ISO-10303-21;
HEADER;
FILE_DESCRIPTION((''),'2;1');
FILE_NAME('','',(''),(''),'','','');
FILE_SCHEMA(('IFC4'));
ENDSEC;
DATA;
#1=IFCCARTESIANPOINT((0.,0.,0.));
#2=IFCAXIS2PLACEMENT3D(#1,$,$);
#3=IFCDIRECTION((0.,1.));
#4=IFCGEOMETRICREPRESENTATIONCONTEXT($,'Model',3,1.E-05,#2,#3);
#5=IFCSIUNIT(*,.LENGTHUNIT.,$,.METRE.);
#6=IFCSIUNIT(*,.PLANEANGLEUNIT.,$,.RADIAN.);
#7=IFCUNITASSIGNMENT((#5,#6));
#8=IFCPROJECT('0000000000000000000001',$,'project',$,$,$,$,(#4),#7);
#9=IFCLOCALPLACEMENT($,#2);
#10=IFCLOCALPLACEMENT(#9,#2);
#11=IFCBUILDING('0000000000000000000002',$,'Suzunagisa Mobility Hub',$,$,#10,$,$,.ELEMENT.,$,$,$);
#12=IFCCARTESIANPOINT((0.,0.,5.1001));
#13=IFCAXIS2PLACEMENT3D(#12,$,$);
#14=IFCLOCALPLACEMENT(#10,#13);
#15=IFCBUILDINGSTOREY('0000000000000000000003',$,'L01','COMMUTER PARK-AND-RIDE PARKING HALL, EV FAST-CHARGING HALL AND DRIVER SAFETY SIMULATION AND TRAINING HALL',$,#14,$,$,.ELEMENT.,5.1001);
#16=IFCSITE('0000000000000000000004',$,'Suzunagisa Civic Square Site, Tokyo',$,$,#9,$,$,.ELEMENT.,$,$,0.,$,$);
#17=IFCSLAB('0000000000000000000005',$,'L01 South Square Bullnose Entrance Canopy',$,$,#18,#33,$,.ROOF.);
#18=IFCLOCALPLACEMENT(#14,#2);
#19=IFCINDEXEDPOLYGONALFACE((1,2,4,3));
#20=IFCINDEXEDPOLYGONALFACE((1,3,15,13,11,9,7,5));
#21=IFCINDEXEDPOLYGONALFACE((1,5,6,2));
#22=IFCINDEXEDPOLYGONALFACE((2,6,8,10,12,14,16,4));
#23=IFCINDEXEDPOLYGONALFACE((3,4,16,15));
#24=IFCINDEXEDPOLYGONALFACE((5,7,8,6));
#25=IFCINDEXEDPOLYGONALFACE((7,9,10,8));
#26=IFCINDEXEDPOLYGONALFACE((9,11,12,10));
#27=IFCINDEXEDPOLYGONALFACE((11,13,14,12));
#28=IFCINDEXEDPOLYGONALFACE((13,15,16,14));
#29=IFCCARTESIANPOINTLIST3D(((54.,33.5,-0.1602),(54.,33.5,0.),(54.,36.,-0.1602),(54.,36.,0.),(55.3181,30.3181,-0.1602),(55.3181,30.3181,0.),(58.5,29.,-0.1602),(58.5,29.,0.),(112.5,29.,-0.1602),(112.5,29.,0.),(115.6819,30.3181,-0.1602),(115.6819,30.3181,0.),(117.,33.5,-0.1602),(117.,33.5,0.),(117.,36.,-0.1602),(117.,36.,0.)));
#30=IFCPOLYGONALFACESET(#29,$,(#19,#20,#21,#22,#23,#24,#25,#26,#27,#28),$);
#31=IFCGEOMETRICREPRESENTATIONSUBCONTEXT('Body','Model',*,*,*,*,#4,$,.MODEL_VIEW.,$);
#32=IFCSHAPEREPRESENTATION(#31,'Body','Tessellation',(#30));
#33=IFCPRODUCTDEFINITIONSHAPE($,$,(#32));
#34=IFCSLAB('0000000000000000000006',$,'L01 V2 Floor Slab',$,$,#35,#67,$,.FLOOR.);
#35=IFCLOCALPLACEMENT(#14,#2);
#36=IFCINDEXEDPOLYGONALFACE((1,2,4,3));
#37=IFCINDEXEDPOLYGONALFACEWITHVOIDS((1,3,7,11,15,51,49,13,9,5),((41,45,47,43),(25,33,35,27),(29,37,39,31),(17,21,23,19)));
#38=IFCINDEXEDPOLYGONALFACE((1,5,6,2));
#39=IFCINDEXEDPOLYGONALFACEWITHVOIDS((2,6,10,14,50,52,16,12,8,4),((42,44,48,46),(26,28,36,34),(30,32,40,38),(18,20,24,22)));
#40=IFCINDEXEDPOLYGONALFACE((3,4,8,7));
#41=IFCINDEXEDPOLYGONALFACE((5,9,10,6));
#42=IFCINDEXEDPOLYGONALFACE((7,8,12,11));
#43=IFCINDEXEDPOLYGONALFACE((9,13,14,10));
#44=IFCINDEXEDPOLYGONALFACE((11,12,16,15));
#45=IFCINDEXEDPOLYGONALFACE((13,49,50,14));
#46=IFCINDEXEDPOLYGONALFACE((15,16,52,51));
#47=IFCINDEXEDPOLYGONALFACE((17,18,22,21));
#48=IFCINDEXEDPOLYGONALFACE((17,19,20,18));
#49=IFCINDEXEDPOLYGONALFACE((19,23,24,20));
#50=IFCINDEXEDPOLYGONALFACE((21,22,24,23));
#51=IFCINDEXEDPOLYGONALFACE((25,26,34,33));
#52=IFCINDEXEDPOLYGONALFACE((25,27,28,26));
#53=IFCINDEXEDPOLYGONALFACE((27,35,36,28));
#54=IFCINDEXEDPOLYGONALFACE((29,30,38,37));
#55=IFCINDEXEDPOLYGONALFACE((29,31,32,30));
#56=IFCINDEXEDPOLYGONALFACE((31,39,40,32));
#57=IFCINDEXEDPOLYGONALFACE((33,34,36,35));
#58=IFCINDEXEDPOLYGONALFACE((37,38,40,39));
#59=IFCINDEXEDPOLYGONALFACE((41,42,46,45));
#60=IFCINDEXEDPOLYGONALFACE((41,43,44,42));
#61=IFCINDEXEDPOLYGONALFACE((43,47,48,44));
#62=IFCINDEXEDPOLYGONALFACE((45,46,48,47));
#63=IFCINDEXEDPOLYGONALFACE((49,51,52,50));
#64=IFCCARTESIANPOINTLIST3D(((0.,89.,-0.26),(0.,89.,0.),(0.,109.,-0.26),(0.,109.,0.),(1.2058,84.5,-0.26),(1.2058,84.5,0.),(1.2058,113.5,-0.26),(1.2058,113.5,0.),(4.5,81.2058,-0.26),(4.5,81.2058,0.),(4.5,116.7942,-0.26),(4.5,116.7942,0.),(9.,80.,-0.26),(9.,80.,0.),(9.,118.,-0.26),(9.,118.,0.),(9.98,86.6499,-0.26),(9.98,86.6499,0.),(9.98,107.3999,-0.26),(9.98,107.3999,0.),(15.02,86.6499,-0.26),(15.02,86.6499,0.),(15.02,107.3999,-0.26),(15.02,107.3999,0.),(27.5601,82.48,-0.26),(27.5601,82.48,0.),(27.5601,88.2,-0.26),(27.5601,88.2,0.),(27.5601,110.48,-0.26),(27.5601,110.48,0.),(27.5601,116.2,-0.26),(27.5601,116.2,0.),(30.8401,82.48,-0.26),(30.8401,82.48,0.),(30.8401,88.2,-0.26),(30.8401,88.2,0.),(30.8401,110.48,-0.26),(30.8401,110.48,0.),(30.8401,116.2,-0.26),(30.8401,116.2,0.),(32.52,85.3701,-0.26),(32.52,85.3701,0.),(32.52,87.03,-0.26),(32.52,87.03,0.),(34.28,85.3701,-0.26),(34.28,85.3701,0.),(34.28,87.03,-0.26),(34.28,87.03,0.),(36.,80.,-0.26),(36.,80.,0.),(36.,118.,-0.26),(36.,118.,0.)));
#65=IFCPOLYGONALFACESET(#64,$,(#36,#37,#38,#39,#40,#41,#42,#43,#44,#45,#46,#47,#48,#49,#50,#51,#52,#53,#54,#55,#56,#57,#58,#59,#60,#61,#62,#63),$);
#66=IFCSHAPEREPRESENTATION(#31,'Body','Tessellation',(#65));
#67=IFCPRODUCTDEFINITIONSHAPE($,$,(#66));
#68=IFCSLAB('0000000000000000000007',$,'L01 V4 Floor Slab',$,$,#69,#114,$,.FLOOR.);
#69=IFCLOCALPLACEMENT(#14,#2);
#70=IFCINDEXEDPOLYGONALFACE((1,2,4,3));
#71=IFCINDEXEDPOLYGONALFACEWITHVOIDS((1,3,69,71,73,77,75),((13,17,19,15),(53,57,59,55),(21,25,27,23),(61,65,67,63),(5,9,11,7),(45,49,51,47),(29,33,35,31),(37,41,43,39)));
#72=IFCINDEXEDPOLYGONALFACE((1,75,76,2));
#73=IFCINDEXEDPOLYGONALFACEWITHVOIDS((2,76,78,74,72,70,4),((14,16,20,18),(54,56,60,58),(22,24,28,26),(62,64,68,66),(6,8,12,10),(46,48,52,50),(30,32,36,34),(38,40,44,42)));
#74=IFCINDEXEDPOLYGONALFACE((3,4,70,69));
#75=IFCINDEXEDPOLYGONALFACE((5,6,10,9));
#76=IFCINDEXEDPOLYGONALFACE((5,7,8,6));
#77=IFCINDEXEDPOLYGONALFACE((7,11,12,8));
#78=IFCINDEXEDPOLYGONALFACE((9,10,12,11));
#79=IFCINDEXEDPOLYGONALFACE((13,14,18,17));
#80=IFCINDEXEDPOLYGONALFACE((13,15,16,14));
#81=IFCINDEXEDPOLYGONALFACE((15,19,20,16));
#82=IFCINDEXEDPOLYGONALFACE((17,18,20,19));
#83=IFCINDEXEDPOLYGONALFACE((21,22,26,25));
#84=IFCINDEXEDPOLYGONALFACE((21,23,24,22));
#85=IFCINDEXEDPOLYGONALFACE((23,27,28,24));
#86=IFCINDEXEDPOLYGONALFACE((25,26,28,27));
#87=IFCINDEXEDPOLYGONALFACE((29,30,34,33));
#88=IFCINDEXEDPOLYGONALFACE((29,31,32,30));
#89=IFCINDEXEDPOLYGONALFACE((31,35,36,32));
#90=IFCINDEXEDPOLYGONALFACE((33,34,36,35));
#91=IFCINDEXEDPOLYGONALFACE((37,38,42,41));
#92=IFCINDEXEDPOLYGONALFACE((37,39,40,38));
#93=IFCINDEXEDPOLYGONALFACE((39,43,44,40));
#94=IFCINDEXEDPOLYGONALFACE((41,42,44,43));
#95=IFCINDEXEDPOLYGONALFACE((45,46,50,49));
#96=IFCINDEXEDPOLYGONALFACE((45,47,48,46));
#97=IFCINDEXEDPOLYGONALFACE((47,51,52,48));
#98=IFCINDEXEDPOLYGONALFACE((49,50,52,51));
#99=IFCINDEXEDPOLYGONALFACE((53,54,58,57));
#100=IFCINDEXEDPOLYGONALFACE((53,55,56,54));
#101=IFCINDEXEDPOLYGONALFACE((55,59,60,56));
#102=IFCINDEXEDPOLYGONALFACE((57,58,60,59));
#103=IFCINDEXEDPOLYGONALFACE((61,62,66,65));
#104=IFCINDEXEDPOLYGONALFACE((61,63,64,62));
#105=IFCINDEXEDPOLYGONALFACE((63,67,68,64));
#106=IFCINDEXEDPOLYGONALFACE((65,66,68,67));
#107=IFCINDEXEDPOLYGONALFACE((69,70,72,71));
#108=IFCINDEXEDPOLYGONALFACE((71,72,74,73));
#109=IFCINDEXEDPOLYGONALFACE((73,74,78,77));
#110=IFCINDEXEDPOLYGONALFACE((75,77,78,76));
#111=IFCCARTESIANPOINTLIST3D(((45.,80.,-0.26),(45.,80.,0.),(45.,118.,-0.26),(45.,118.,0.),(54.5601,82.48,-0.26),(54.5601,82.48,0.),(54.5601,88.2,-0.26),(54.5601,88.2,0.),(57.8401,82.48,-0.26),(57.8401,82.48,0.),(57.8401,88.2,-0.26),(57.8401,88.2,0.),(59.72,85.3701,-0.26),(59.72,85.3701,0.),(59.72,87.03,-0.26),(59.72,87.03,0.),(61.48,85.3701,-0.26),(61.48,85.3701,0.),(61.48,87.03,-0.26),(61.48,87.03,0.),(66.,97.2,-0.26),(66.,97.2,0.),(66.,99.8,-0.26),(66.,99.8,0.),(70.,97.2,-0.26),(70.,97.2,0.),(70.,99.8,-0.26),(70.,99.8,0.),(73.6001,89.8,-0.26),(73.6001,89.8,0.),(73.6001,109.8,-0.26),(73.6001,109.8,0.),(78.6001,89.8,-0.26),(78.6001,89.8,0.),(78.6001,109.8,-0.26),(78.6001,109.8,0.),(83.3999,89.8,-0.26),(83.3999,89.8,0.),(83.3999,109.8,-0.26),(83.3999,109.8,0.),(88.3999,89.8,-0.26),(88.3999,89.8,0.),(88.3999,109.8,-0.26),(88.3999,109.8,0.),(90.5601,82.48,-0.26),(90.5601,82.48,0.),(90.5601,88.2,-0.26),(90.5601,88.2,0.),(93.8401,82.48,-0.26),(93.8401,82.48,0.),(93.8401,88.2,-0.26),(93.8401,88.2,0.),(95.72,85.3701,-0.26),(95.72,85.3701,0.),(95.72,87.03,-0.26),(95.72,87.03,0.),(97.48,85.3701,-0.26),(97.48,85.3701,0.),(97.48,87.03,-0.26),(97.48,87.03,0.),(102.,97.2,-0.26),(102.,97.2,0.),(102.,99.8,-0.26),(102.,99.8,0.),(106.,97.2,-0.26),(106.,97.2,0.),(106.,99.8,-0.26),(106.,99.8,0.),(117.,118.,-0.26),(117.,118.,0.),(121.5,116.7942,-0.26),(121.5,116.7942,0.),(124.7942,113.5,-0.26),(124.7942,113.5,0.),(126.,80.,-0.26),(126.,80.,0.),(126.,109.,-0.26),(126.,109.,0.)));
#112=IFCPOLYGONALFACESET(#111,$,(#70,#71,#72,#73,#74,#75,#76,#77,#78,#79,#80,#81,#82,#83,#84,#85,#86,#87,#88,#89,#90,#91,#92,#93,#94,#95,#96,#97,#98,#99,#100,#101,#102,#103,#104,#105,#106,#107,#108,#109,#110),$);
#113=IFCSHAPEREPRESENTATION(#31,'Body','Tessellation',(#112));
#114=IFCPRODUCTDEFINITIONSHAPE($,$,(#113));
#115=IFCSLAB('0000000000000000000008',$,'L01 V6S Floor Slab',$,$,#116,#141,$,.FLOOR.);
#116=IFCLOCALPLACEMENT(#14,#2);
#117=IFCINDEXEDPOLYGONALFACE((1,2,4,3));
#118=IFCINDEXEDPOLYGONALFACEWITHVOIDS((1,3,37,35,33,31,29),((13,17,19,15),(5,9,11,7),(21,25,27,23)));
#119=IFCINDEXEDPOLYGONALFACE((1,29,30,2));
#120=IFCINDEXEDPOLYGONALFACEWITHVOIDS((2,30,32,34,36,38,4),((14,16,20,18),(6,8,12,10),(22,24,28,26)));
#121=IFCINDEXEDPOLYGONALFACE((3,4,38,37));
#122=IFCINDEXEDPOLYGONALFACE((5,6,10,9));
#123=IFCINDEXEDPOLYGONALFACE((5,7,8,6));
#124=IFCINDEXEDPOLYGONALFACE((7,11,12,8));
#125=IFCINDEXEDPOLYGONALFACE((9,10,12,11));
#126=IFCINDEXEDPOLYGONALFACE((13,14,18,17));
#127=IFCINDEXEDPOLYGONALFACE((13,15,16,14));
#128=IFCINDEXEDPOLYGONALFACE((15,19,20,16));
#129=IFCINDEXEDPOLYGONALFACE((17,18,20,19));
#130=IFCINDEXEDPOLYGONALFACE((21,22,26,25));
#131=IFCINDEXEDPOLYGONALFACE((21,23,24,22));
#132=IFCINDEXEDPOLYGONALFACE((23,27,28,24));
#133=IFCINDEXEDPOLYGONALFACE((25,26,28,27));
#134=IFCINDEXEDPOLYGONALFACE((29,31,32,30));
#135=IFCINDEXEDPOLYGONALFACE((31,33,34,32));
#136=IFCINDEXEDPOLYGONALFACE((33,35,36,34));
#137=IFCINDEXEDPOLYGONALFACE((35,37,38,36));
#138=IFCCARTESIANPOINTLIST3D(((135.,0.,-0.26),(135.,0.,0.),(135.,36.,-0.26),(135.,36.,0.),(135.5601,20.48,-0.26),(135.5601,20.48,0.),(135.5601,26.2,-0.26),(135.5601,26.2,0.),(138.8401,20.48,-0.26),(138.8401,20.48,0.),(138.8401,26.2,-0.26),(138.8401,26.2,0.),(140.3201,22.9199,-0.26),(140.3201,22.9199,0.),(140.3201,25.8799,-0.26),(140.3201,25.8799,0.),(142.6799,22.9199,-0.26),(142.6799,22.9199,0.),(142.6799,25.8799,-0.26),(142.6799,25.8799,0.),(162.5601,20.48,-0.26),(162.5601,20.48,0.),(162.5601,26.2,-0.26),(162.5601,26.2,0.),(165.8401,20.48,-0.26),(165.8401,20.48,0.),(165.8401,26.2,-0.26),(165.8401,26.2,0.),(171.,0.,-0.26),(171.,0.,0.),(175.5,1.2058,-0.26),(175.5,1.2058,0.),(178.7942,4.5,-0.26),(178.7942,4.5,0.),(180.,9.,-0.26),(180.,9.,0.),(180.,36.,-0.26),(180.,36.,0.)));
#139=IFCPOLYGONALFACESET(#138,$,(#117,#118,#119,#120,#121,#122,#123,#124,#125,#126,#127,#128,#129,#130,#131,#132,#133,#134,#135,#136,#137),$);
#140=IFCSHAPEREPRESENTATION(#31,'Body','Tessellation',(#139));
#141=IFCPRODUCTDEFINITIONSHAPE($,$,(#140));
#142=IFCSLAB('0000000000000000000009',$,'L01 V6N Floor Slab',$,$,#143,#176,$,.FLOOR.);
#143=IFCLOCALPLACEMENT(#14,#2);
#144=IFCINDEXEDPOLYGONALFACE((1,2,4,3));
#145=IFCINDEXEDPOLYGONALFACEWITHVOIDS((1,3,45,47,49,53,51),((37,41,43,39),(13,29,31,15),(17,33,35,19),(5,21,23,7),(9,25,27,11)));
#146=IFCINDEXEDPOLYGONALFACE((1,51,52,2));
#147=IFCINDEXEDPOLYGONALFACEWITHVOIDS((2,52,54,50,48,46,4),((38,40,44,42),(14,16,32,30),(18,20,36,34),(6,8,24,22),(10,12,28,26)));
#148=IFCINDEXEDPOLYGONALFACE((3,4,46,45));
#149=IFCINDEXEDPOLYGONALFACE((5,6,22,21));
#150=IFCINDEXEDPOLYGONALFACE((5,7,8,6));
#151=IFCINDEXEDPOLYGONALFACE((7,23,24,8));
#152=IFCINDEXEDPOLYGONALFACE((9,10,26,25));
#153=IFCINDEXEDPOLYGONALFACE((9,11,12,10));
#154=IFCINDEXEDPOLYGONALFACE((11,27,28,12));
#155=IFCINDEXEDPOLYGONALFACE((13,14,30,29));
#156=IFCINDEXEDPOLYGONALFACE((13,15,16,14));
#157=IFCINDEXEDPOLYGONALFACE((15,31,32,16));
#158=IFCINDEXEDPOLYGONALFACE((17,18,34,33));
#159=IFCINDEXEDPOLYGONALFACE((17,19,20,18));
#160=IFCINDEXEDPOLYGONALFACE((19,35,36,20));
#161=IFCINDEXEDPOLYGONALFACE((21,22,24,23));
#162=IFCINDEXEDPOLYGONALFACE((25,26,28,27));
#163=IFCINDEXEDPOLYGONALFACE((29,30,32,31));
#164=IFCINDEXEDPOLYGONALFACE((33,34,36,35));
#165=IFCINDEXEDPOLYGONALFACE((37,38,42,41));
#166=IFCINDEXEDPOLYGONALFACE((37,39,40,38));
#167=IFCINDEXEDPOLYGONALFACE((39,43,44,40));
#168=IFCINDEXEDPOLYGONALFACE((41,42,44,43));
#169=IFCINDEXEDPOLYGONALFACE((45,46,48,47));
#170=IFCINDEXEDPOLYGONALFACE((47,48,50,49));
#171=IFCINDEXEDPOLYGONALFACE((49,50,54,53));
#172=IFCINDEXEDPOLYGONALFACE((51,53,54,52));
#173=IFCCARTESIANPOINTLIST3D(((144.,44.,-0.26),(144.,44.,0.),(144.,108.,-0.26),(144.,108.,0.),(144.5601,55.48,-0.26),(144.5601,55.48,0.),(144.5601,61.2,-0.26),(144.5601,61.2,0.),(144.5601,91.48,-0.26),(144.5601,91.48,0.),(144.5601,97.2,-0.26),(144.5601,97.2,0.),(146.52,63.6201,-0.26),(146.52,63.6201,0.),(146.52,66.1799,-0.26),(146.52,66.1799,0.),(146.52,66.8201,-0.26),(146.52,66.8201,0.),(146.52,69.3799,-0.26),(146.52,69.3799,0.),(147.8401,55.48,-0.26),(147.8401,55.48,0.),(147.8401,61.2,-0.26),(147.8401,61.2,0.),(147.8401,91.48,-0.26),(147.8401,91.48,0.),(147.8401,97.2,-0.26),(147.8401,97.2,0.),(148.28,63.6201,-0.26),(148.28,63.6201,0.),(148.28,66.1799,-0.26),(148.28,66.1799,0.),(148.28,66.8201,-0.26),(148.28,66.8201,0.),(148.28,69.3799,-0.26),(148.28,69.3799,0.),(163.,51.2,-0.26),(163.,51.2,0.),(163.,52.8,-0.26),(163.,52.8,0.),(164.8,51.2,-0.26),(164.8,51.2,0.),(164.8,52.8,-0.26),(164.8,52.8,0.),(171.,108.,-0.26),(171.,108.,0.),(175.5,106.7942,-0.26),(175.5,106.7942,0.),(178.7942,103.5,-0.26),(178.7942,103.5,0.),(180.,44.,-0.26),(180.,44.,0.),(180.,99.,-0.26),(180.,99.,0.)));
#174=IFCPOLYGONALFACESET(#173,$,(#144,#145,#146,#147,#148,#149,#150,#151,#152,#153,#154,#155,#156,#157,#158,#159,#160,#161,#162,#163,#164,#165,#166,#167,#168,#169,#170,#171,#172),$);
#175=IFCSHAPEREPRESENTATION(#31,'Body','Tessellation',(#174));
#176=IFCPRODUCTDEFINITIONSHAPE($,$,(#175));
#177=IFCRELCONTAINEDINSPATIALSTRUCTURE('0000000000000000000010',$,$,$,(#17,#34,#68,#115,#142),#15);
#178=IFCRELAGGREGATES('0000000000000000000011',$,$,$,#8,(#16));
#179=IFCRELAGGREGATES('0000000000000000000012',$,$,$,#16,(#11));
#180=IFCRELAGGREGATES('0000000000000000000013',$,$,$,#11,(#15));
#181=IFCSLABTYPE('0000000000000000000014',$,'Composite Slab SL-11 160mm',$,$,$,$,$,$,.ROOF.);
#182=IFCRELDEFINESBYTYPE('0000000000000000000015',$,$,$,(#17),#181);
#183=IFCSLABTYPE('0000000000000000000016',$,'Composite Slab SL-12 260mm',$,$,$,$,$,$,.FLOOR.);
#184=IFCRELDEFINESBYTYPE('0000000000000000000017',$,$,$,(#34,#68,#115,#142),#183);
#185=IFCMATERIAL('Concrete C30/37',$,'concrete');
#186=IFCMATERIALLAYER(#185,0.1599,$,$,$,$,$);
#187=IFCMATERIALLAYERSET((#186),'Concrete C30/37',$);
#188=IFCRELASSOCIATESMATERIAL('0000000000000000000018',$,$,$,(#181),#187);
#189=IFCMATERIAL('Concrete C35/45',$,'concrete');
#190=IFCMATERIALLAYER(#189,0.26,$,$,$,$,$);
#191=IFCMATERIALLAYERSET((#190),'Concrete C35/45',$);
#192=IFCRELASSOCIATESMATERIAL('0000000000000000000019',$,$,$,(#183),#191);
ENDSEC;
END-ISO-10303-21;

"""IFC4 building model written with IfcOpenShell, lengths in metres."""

from ifc_helpers import new_model, si_unit, direction, frame, origin, place, context, subcontext, project, spatial, polyline, outline, extrude, material, layer, layer_set, type_object, element, save


model = new_model("IFC4")

# Units and contexts
model_context = context("Model", 3, precision=1e-05, world=origin(), true_north=direction((0.0, 1.0)))
body_context = subcontext(model_context, "Body", "Model", "MODEL_VIEW")
ifc_project = project(units=[si_unit("LENGTHUNIT", "METRE"), si_unit("PLANEANGLEUNIT", "RADIAN")], contexts=[model_context])

# Site, building, storey
site_placement = place(None, origin())
site = spatial("IfcSite", under=ifc_project, at=site_placement, Name="Suzunagisa Civic Square Site, Tokyo", CompositionType="ELEMENT", RefElevation=0.0)
building_placement = place(site_placement, origin())
building = spatial("IfcBuilding", under=site, at=building_placement, Name="Suzunagisa Mobility Hub", CompositionType="ELEMENT")
storey_placement = place(building_placement, frame((0.0, 0.0, 5.1001)))
storey = spatial("IfcBuildingStorey", under=building, at=storey_placement, Name="L01", Description="COMMUTER PARK-AND-RIDE PARKING HALL, EV FAST-CHARGING HALL AND DRIVER SAFETY SIMULATION AND TRAINING HALL", CompositionType="ELEMENT", Elevation=5.1001)

# Slabs
ifc_material_1 = material(Name="Concrete C30/37", Category="concrete")
ifc_layer_1 = layer(ifc_material_1, 0.1599)
ifc_layer_set_1 = layer_set([ifc_layer_1], Name="Concrete C30/37")
slab_type_1 = type_object("IfcSlabType", Name="Composite Slab SL-11 160mm", PredefinedType="ROOF", material=ifc_layer_set_1)
slab_1_placement = place(storey_placement, frame((0.0, 0.0, -0.1602)))
element("IfcSlab", 1, at=slab_1_placement, inside=storey, type_object=slab_type_1, Name="L01 South Square Bullnose Entrance Canopy", PredefinedType="ROOF", context=body_context, shape_type="SweptSolid", body=[
    extrude(outline(polyline([(54.0, 33.5), (55.3181, 30.3181), (58.5, 29.0), (112.5, 29.0), (115.6819, 30.3181), (117.0, 33.5), (117.0, 36.0), (54.0, 36.0), (54.0, 33.5)])), origin(), (0.0, 0.0, 1.0), 0.1602),
])
ifc_material_2 = material(Name="Concrete C35/45", Category="concrete")
ifc_layer_2 = layer(ifc_material_2, 0.26)
ifc_layer_set_2 = layer_set([ifc_layer_2], Name="Concrete C35/45")
slab_type_2 = type_object("IfcSlabType", Name="Composite Slab SL-12 260mm", PredefinedType="FLOOR", material=ifc_layer_set_2)
slab_2_placement = place(storey_placement, frame((0.0, 0.0, -0.26)))
element("IfcSlab", 2, at=slab_2_placement, inside=storey, type_object=slab_type_2, Name="L01 V2 Floor Slab", PredefinedType="FLOOR", context=body_context, shape_type="SweptSolid", body=[
    extrude(outline(polyline([(0.0, 89.0), (1.2058, 84.5), (4.5, 81.2058), (9.0, 80.0), (36.0, 80.0), (36.0, 118.0), (9.0, 118.0), (4.5, 116.7942), (1.2058, 113.5), (0.0, 109.0), (0.0, 89.0)]), holes=[polyline([(27.5601, 82.48), (30.8401, 82.48), (30.8401, 88.2), (27.5601, 88.2), (27.5601, 82.48)]), polyline([(32.52, 85.3701), (34.28, 85.3701), (34.28, 87.03), (32.52, 87.03), (32.52, 85.3701)]), polyline([(27.5601, 110.48), (30.8401, 110.48), (30.8401, 116.2), (27.5601, 116.2), (27.5601, 110.48)]), polyline([(9.98, 86.6499), (15.02, 86.6499), (15.02, 107.3999), (9.98, 107.3999), (9.98, 86.6499)])]), origin(), (0.0, 0.0, 1.0), 0.26),
])
slab_3_placement = place(storey_placement, frame((0.0, 0.0, -0.26)))
element("IfcSlab", 3, at=slab_3_placement, inside=storey, type_object=slab_type_2, Name="L01 V4 Floor Slab", PredefinedType="FLOOR", context=body_context, shape_type="SweptSolid", body=[
    extrude(outline(polyline([(45.0, 80.0), (126.0, 80.0), (126.0, 109.0), (124.7942, 113.5), (121.5, 116.7942), (117.0, 118.0), (45.0, 118.0), (45.0, 80.0)]), holes=[polyline([(66.0, 97.2), (70.0, 97.2), (70.0, 99.8), (66.0, 99.8), (66.0, 97.2)]), polyline([(102.0, 97.2), (106.0, 97.2), (106.0, 99.8), (102.0, 99.8), (102.0, 97.2)]), polyline([(54.5601, 82.48), (57.8401, 82.48), (57.8401, 88.2), (54.5601, 88.2), (54.5601, 82.48)]), polyline([(59.72, 85.3701), (61.48, 85.3701), (61.48, 87.03), (59.72, 87.03), (59.72, 85.3701)]), polyline([(90.5601, 82.48), (93.8401, 82.48), (93.8401, 88.2), (90.5601, 88.2), (90.5601, 82.48)]), polyline([(95.72, 85.3701), (97.48, 85.3701), (97.48, 87.03), (95.72, 87.03), (95.72, 85.3701)]), polyline([(73.6001, 89.8), (78.6001, 89.8), (78.6001, 109.8), (73.6001, 109.8), (73.6001, 89.8)]), polyline([(83.3999, 89.8), (88.3999, 89.8), (88.3999, 109.8), (83.3999, 109.8), (83.3999, 89.8)])]), origin(), (0.0, 0.0, 1.0), 0.26),
])
slab_4_placement = place(storey_placement, frame((0.0, 0.0, -0.26)))
element("IfcSlab", 4, at=slab_4_placement, inside=storey, type_object=slab_type_2, Name="L01 V6S Floor Slab", PredefinedType="FLOOR", context=body_context, shape_type="SweptSolid", body=[
    extrude(outline(polyline([(135.0, 0.0), (171.0, 0.0), (175.5, 1.2058), (178.7942, 4.5), (180.0, 9.0), (180.0, 36.0), (135.0, 36.0), (135.0, 0.0)]), holes=[polyline([(135.5601, 20.48), (138.8401, 20.48), (138.8401, 26.2), (135.5601, 26.2), (135.5601, 20.48)]), polyline([(140.3201, 22.9199), (142.6799, 22.9199), (142.6799, 25.8799), (140.3201, 25.8799), (140.3201, 22.9199)]), polyline([(162.5601, 20.48), (165.8401, 20.48), (165.8401, 26.2), (162.5601, 26.2), (162.5601, 20.48)])]), origin(), (0.0, 0.0, 1.0), 0.26),
])
slab_5_placement = place(storey_placement, frame((0.0, 0.0, -0.26)))
element("IfcSlab", 5, at=slab_5_placement, inside=storey, type_object=slab_type_2, Name="L01 V6N Floor Slab", PredefinedType="FLOOR", context=body_context, shape_type="SweptSolid", body=[
    extrude(outline(polyline([(144.0, 44.0), (180.0, 44.0), (180.0, 99.0), (178.7942, 103.5), (175.5, 106.7942), (171.0, 108.0), (144.0, 108.0), (144.0, 44.0)]), holes=[polyline([(163.0, 51.2), (164.8, 51.2), (164.8, 52.8), (163.0, 52.8), (163.0, 51.2)]), polyline([(144.5601, 55.48), (147.8401, 55.48), (147.8401, 61.2), (144.5601, 61.2), (144.5601, 55.48)]), polyline([(146.52, 63.6201), (148.28, 63.6201), (148.28, 66.1799), (146.52, 66.1799), (146.52, 63.6201)]), polyline([(146.52, 66.8201), (148.28, 66.8201), (148.28, 69.3799), (146.52, 69.3799), (146.52, 66.8201)]), polyline([(144.5601, 91.48), (147.8401, 91.48), (147.8401, 97.2), (144.5601, 97.2), (144.5601, 91.48)])]), origin(), (0.0, 0.0, 1.0), 0.26),
])

save(model, "model.ifc")
